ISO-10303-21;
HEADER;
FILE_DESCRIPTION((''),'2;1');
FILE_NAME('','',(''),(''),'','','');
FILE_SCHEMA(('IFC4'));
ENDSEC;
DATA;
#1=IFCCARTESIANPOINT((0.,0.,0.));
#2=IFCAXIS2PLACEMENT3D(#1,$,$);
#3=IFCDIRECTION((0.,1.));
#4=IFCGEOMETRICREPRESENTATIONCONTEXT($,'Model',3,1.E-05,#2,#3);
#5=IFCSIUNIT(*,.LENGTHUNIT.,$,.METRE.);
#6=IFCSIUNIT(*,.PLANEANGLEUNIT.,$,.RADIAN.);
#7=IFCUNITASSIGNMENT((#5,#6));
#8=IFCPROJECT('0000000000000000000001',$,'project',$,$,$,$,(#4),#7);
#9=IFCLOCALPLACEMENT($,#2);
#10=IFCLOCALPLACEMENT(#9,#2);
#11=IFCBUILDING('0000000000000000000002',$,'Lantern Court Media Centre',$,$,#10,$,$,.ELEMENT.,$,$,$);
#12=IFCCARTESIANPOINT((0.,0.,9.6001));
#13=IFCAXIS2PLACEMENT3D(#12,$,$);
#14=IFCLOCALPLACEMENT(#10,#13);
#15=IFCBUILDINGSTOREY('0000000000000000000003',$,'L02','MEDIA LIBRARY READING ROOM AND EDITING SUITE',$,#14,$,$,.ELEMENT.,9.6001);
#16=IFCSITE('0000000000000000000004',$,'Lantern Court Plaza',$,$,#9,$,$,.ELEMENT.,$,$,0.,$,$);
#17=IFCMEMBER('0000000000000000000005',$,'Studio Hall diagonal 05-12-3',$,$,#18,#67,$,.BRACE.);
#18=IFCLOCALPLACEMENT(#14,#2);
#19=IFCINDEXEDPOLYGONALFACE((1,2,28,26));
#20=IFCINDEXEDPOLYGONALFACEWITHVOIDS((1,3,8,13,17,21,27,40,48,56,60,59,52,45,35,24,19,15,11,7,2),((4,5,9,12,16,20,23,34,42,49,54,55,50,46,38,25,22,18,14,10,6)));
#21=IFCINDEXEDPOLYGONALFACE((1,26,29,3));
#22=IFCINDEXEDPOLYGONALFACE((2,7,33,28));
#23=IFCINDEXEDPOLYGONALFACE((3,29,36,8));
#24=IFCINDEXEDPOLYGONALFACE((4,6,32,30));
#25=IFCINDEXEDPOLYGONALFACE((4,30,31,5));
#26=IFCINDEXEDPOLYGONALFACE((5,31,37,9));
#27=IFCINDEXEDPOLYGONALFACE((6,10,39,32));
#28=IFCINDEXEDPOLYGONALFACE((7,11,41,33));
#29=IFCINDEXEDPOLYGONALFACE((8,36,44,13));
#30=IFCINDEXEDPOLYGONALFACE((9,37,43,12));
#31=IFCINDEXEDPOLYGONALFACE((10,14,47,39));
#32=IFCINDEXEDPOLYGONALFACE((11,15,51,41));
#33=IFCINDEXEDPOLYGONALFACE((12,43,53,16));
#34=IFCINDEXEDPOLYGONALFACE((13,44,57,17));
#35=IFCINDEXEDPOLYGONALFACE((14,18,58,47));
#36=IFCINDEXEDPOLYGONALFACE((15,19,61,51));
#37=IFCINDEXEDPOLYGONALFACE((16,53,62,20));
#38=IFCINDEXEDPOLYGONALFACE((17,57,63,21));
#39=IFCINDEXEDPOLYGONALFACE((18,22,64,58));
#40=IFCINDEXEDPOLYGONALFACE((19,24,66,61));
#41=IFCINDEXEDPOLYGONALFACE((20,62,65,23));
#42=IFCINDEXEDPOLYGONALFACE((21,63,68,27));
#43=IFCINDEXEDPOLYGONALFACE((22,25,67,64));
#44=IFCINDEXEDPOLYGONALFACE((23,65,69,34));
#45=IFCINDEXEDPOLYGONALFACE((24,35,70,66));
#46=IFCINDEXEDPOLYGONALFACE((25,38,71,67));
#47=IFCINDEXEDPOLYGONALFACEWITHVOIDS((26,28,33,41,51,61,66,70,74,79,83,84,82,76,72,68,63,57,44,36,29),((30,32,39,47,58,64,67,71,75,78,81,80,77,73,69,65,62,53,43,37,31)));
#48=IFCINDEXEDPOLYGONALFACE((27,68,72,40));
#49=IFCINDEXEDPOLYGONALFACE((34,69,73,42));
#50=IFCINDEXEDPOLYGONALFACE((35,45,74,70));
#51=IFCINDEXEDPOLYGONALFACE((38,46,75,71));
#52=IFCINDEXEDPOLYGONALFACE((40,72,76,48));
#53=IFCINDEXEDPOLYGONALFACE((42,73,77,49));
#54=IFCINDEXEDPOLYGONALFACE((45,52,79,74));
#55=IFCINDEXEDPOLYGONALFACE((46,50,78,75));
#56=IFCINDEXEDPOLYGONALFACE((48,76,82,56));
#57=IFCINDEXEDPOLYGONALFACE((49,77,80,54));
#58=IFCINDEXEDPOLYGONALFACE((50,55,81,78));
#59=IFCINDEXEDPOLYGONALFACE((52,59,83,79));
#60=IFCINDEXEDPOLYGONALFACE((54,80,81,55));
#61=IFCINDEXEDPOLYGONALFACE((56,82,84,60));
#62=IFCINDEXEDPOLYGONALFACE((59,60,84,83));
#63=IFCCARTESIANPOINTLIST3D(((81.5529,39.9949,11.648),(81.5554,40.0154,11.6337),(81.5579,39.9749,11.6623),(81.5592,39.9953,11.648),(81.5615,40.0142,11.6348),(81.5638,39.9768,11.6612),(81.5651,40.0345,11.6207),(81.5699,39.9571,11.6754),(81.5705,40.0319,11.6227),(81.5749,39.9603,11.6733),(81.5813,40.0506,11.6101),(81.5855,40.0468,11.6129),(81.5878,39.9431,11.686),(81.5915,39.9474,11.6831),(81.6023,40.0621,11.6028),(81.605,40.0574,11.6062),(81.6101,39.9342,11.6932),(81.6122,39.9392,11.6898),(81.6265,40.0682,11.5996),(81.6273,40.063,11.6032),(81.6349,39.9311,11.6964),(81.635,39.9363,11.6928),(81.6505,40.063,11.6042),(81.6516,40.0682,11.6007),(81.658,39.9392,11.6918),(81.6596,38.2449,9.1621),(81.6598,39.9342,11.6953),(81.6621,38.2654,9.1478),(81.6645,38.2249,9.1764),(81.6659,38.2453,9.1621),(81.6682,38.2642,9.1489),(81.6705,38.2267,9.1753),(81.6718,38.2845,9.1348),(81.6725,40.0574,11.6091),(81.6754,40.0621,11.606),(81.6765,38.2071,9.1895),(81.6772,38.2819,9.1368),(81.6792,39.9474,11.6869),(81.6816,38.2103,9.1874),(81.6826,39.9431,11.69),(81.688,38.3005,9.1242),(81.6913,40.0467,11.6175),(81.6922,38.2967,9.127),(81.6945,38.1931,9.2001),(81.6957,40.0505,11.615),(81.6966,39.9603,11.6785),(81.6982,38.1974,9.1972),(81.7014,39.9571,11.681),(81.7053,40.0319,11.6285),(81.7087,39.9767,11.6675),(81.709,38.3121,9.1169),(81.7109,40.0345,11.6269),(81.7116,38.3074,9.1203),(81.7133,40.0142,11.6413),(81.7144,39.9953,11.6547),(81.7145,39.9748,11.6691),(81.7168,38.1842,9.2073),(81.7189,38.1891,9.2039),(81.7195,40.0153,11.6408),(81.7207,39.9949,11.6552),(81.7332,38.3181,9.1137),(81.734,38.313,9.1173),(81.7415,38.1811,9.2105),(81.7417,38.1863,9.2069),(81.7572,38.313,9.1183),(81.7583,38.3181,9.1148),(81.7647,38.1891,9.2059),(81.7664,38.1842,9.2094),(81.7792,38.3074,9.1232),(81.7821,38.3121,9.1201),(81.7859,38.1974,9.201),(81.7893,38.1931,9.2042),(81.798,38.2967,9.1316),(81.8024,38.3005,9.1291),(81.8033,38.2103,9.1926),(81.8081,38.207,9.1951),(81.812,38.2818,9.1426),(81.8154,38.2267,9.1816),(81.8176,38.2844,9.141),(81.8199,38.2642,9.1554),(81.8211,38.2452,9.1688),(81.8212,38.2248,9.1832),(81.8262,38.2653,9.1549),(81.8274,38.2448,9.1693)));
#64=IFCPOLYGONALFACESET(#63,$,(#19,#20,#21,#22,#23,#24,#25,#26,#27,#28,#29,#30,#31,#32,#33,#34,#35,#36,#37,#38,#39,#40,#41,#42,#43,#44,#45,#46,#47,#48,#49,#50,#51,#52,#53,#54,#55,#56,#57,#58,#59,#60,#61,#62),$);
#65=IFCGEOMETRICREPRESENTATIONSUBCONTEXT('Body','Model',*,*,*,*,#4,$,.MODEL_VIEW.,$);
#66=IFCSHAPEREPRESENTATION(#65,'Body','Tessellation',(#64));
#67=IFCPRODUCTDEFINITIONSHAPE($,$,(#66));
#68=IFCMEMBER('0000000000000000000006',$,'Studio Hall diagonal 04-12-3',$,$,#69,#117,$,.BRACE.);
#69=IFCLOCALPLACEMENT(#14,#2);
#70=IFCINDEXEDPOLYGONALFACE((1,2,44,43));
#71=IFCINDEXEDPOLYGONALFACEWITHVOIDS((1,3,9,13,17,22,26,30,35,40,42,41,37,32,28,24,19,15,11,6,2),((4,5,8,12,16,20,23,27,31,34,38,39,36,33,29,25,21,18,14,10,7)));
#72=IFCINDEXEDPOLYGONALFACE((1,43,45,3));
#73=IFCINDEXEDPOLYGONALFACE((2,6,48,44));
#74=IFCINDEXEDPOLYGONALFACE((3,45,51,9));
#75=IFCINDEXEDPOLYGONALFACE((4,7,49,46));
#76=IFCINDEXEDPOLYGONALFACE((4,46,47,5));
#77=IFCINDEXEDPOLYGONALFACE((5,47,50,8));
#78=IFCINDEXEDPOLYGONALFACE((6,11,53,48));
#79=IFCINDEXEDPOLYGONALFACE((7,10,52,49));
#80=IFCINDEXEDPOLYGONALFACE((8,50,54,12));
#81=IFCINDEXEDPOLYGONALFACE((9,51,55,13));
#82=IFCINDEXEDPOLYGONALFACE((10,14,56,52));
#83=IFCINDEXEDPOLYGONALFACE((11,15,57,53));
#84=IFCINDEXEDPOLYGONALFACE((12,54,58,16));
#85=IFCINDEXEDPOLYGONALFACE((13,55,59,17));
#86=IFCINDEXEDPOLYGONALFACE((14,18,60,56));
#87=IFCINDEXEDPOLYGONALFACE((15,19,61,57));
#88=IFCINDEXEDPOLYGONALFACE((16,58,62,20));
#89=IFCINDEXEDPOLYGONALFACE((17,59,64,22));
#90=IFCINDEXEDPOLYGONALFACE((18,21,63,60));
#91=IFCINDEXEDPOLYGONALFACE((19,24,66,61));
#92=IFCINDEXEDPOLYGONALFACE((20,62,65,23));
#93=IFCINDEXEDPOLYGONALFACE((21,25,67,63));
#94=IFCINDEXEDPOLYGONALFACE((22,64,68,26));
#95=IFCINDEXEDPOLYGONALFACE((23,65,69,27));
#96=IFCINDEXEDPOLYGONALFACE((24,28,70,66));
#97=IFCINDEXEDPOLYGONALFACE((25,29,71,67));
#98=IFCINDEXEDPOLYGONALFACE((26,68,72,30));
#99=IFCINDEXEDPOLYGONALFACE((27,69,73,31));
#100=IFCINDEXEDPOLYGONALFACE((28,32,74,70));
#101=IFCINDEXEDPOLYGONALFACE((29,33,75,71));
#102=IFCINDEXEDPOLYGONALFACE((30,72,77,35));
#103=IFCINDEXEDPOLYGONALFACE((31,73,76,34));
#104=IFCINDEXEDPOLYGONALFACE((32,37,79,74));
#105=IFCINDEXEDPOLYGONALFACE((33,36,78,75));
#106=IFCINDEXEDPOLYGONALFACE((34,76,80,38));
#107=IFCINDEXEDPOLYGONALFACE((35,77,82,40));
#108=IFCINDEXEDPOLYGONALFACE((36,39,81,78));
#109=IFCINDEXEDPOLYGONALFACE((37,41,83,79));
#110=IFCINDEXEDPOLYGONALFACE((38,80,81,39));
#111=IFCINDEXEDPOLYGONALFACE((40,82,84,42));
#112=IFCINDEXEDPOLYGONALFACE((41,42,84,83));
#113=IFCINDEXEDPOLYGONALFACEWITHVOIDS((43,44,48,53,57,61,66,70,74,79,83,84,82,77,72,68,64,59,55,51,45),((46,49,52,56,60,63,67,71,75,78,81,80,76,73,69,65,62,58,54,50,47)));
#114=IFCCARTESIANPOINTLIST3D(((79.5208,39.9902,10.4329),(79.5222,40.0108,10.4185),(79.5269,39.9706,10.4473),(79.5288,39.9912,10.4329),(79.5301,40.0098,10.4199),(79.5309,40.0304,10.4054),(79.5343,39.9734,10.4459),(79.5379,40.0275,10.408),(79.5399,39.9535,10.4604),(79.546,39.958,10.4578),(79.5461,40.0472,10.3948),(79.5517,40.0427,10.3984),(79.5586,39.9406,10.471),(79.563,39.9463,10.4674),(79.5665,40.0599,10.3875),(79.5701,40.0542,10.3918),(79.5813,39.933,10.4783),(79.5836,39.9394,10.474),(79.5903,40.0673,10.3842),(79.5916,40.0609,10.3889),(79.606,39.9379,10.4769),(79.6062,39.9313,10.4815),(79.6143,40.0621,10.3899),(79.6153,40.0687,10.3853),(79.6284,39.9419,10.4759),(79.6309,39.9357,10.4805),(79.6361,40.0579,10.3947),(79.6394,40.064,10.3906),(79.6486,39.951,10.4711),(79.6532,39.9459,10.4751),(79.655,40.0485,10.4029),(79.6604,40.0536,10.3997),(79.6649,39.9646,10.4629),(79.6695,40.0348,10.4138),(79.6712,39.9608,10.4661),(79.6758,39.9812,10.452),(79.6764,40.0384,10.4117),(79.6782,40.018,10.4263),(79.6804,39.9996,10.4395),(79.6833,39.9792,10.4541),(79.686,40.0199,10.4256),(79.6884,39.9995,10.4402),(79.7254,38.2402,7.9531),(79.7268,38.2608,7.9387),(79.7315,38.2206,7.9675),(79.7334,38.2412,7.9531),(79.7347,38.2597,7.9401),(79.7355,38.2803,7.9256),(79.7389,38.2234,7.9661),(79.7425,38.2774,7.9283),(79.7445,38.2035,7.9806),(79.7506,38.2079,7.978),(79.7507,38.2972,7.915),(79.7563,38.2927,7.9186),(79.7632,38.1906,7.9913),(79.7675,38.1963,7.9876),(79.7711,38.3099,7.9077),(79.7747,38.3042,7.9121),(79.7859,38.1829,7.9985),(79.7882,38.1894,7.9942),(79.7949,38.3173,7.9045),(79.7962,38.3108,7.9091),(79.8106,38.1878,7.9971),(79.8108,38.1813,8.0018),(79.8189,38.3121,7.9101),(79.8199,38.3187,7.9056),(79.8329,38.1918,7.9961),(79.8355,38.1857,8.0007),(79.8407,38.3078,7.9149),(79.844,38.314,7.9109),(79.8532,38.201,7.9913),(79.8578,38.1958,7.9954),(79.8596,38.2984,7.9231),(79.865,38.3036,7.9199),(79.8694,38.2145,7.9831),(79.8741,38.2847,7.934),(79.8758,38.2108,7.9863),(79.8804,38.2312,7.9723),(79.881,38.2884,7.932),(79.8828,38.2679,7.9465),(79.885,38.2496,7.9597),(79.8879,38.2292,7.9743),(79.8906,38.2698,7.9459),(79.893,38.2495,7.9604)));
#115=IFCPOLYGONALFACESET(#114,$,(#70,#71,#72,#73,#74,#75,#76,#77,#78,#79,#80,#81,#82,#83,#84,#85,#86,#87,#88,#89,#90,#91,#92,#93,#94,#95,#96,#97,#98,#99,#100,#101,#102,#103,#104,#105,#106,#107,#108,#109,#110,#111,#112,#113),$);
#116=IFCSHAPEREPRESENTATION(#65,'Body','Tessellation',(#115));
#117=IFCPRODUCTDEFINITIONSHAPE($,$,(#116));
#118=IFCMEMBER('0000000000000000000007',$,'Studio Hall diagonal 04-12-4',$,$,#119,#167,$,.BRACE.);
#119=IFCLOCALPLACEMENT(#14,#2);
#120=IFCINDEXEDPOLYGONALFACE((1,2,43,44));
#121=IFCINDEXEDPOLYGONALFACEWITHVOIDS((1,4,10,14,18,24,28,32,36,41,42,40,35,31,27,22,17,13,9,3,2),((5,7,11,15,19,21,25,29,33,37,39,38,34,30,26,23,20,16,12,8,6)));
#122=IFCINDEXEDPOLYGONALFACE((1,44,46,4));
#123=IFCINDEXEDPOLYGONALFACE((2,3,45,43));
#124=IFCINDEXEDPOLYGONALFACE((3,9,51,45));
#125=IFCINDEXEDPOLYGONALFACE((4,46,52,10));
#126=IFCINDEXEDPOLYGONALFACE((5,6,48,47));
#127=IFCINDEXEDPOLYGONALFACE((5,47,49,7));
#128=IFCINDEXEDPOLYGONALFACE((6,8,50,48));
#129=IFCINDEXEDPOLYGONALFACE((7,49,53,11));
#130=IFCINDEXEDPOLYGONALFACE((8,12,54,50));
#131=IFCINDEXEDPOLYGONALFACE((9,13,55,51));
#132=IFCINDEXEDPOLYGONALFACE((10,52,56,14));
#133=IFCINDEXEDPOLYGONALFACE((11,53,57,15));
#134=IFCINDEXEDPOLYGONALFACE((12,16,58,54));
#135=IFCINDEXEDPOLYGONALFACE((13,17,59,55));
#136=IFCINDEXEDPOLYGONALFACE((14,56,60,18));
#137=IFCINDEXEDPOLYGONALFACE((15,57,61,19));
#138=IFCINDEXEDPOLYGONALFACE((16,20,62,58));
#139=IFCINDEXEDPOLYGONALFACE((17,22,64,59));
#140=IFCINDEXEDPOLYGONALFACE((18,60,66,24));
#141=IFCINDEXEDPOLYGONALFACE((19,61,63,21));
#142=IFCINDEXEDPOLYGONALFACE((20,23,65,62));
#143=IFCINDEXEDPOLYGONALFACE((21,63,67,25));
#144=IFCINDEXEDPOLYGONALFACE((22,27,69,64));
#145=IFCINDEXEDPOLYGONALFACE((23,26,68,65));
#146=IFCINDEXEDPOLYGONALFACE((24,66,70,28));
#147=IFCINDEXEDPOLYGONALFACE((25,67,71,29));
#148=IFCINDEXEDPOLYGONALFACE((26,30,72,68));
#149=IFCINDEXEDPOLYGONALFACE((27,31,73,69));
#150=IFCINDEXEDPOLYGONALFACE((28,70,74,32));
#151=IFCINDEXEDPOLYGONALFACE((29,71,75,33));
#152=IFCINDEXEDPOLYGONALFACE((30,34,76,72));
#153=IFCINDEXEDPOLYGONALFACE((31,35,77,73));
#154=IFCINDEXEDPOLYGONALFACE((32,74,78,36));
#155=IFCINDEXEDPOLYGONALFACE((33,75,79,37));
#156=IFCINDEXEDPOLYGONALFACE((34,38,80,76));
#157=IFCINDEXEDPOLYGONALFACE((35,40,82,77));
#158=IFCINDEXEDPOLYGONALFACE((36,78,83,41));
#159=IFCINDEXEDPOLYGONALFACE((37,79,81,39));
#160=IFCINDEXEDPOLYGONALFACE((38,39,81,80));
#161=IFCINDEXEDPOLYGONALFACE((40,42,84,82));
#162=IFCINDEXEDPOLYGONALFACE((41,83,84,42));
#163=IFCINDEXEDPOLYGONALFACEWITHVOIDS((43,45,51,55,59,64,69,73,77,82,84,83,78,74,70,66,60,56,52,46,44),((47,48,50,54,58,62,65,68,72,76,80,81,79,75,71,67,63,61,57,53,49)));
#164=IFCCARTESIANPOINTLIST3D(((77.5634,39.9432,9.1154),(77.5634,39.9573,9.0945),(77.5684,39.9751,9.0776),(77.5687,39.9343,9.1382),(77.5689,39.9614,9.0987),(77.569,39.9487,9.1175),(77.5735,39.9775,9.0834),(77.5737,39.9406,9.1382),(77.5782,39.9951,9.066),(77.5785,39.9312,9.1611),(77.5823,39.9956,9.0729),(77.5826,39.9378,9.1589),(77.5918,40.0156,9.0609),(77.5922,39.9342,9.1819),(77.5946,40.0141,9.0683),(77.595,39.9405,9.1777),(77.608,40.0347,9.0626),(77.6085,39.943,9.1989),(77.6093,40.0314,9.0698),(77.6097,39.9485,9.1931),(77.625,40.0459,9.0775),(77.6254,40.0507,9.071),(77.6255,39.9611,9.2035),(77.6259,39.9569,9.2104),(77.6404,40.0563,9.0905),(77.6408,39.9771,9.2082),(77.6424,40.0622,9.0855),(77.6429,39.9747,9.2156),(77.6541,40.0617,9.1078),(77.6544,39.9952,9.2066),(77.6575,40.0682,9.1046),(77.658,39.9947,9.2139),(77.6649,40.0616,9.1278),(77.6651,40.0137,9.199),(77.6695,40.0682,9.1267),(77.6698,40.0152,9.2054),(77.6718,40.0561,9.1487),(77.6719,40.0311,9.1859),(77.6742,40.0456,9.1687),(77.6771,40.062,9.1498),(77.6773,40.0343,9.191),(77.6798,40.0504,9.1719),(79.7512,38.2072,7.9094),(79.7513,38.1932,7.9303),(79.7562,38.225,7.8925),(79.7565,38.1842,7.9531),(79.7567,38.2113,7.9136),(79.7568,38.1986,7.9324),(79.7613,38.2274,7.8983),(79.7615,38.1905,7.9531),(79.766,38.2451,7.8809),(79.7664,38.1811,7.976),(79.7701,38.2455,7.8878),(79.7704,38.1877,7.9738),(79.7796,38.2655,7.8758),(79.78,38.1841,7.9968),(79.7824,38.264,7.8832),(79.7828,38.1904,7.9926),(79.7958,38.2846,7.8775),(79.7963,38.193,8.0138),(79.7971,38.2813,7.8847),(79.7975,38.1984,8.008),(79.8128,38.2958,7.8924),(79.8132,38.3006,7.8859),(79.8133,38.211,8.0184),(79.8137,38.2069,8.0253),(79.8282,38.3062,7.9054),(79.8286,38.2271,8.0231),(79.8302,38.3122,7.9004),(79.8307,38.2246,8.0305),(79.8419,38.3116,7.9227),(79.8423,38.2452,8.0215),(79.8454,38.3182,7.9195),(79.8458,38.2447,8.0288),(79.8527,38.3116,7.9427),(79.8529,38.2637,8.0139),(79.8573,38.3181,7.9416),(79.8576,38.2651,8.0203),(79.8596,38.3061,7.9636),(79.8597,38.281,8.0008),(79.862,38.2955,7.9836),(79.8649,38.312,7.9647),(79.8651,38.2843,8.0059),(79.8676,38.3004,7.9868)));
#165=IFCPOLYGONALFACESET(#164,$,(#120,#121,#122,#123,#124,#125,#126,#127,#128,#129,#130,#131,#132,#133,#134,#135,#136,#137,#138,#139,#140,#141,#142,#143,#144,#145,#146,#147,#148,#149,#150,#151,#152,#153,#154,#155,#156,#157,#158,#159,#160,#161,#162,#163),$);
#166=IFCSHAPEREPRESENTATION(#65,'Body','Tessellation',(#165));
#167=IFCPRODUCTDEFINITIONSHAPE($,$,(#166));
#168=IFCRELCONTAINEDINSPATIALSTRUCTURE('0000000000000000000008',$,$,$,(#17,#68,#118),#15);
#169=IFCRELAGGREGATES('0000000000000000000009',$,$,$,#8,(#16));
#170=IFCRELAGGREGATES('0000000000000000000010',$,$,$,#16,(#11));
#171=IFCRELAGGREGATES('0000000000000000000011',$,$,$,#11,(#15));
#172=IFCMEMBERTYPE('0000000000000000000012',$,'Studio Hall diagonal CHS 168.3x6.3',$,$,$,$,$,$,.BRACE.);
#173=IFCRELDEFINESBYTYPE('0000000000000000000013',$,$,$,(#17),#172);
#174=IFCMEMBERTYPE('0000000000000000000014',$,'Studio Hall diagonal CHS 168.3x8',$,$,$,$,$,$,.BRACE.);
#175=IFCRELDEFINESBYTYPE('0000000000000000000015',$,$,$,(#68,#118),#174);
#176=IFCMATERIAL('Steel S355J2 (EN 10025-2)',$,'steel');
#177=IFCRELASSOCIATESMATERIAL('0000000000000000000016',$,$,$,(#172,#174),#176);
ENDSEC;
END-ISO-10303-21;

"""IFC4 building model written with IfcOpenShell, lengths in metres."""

from ifc_helpers import new_model, si_unit, direction, frame, origin, origin_2d, place, context, subcontext, project, spatial, hollow_circle, extrude, material, material_profile, profile_set, type_object, element, save


model = new_model("IFC4")

# Units and contexts
model_context = context("Model", 3, precision=1e-05, world=origin(), true_north=direction((0.0, 1.0)))
body_context = subcontext(model_context, "Body", "Model", "MODEL_VIEW")
ifc_project = project(units=[si_unit("LENGTHUNIT", "METRE"), si_unit("PLANEANGLEUNIT", "RADIAN")], contexts=[model_context])

# Site, building, storey
site_placement = place(None, origin())
site = spatial("IfcSite", under=ifc_project, at=site_placement, Name="Lantern Court Plaza", CompositionType="ELEMENT", RefElevation=0.0)
building_placement = place(site_placement, origin())
building = spatial("IfcBuilding", under=site, at=building_placement, Name="Lantern Court Media Centre", CompositionType="ELEMENT")
storey_placement = place(building_placement, frame((0.0, 0.0, 9.6001)))
storey = spatial("IfcBuildingStorey", under=building, at=storey_placement, Name="L02", Description="MEDIA LIBRARY READING ROOM AND EDITING SUITE", CompositionType="ELEMENT", Elevation=9.6001)

# Members
ifc_material = material(Name="Steel S355J2 (EN 10025-2)", Category="steel")
ifc_material_profile_1 = material_profile(ifc_material, hollow_circle(Radius=0.0842, WallThickness=0.0063, at=origin_2d()), Name="Studio Hall diagonal CHS 168.3x6.3")
ifc_profile_set_1 = profile_set([ifc_material_profile_1], Name="Steel S355J2 (EN 10025-2)")
member_type_1 = type_object("IfcMemberType", Name="Studio Hall diagonal CHS 168.3x6.3", PredefinedType="BRACE", material=ifc_profile_set_1)
for number, where, z_axis, x_axis, name in (
    (1, (81.7437, 38.25, 9.1621), (-0.035073, 0.575294, 0.817194), (-0.998147, -0.060852, 0.0), "Studio Hall diagonal 05-12-3"),
):
    element("IfcMember", number, at=place(storey_placement, frame(where, z_axis=z_axis, x_axis=x_axis)), inside=storey, type_object=member_type_1, Name=name, PredefinedType="BRACE", context=body_context, shape_type="SweptSolid", body=[
        extrude(hollow_circle(Radius=0.0842, WallThickness=0.0063, at=origin_2d()), origin(), (0.0, 0.0, 1.0), 3.042),
    ])
ifc_material_profile_2 = material_profile(ifc_material, hollow_circle(Radius=0.0842, WallThickness=0.0081, at=origin_2d()), Name="Studio Hall diagonal CHS 168.3x8")
ifc_profile_set_2 = profile_set([ifc_material_profile_2], Name="Steel S355J2 (EN 10025-2)")
member_type_2 = type_object("IfcMemberType", Name="Studio Hall diagonal CHS 168.3x8", PredefinedType="BRACE", material=ifc_profile_set_2)
for number, where, z_axis, x_axis, name in (
    (2, (79.8091, 38.25, 7.9531), (-0.067256, 0.575289, 0.81518), (-0.993235, -0.116118, 0.0), "Studio Hall diagonal 04-12-3"),
    (3, (79.8091, 38.25, 7.9531), (-0.719206, 0.5753, 0.38958), (-0.624653, -0.780903, 0.0), "Studio Hall diagonal 04-12-4"),
):
    element("IfcMember", number, at=place(storey_placement, frame(where, z_axis=z_axis, x_axis=x_axis)), inside=storey, type_object=member_type_2, Name=name, PredefinedType="BRACE", context=body_context, shape_type="SweptSolid", body=[
        extrude(hollow_circle(Radius=0.0842, WallThickness=0.0081, at=origin_2d()), origin(), (0.0, 0.0, 1.0), 3.042),
    ])

save(model, "model.ifc")
